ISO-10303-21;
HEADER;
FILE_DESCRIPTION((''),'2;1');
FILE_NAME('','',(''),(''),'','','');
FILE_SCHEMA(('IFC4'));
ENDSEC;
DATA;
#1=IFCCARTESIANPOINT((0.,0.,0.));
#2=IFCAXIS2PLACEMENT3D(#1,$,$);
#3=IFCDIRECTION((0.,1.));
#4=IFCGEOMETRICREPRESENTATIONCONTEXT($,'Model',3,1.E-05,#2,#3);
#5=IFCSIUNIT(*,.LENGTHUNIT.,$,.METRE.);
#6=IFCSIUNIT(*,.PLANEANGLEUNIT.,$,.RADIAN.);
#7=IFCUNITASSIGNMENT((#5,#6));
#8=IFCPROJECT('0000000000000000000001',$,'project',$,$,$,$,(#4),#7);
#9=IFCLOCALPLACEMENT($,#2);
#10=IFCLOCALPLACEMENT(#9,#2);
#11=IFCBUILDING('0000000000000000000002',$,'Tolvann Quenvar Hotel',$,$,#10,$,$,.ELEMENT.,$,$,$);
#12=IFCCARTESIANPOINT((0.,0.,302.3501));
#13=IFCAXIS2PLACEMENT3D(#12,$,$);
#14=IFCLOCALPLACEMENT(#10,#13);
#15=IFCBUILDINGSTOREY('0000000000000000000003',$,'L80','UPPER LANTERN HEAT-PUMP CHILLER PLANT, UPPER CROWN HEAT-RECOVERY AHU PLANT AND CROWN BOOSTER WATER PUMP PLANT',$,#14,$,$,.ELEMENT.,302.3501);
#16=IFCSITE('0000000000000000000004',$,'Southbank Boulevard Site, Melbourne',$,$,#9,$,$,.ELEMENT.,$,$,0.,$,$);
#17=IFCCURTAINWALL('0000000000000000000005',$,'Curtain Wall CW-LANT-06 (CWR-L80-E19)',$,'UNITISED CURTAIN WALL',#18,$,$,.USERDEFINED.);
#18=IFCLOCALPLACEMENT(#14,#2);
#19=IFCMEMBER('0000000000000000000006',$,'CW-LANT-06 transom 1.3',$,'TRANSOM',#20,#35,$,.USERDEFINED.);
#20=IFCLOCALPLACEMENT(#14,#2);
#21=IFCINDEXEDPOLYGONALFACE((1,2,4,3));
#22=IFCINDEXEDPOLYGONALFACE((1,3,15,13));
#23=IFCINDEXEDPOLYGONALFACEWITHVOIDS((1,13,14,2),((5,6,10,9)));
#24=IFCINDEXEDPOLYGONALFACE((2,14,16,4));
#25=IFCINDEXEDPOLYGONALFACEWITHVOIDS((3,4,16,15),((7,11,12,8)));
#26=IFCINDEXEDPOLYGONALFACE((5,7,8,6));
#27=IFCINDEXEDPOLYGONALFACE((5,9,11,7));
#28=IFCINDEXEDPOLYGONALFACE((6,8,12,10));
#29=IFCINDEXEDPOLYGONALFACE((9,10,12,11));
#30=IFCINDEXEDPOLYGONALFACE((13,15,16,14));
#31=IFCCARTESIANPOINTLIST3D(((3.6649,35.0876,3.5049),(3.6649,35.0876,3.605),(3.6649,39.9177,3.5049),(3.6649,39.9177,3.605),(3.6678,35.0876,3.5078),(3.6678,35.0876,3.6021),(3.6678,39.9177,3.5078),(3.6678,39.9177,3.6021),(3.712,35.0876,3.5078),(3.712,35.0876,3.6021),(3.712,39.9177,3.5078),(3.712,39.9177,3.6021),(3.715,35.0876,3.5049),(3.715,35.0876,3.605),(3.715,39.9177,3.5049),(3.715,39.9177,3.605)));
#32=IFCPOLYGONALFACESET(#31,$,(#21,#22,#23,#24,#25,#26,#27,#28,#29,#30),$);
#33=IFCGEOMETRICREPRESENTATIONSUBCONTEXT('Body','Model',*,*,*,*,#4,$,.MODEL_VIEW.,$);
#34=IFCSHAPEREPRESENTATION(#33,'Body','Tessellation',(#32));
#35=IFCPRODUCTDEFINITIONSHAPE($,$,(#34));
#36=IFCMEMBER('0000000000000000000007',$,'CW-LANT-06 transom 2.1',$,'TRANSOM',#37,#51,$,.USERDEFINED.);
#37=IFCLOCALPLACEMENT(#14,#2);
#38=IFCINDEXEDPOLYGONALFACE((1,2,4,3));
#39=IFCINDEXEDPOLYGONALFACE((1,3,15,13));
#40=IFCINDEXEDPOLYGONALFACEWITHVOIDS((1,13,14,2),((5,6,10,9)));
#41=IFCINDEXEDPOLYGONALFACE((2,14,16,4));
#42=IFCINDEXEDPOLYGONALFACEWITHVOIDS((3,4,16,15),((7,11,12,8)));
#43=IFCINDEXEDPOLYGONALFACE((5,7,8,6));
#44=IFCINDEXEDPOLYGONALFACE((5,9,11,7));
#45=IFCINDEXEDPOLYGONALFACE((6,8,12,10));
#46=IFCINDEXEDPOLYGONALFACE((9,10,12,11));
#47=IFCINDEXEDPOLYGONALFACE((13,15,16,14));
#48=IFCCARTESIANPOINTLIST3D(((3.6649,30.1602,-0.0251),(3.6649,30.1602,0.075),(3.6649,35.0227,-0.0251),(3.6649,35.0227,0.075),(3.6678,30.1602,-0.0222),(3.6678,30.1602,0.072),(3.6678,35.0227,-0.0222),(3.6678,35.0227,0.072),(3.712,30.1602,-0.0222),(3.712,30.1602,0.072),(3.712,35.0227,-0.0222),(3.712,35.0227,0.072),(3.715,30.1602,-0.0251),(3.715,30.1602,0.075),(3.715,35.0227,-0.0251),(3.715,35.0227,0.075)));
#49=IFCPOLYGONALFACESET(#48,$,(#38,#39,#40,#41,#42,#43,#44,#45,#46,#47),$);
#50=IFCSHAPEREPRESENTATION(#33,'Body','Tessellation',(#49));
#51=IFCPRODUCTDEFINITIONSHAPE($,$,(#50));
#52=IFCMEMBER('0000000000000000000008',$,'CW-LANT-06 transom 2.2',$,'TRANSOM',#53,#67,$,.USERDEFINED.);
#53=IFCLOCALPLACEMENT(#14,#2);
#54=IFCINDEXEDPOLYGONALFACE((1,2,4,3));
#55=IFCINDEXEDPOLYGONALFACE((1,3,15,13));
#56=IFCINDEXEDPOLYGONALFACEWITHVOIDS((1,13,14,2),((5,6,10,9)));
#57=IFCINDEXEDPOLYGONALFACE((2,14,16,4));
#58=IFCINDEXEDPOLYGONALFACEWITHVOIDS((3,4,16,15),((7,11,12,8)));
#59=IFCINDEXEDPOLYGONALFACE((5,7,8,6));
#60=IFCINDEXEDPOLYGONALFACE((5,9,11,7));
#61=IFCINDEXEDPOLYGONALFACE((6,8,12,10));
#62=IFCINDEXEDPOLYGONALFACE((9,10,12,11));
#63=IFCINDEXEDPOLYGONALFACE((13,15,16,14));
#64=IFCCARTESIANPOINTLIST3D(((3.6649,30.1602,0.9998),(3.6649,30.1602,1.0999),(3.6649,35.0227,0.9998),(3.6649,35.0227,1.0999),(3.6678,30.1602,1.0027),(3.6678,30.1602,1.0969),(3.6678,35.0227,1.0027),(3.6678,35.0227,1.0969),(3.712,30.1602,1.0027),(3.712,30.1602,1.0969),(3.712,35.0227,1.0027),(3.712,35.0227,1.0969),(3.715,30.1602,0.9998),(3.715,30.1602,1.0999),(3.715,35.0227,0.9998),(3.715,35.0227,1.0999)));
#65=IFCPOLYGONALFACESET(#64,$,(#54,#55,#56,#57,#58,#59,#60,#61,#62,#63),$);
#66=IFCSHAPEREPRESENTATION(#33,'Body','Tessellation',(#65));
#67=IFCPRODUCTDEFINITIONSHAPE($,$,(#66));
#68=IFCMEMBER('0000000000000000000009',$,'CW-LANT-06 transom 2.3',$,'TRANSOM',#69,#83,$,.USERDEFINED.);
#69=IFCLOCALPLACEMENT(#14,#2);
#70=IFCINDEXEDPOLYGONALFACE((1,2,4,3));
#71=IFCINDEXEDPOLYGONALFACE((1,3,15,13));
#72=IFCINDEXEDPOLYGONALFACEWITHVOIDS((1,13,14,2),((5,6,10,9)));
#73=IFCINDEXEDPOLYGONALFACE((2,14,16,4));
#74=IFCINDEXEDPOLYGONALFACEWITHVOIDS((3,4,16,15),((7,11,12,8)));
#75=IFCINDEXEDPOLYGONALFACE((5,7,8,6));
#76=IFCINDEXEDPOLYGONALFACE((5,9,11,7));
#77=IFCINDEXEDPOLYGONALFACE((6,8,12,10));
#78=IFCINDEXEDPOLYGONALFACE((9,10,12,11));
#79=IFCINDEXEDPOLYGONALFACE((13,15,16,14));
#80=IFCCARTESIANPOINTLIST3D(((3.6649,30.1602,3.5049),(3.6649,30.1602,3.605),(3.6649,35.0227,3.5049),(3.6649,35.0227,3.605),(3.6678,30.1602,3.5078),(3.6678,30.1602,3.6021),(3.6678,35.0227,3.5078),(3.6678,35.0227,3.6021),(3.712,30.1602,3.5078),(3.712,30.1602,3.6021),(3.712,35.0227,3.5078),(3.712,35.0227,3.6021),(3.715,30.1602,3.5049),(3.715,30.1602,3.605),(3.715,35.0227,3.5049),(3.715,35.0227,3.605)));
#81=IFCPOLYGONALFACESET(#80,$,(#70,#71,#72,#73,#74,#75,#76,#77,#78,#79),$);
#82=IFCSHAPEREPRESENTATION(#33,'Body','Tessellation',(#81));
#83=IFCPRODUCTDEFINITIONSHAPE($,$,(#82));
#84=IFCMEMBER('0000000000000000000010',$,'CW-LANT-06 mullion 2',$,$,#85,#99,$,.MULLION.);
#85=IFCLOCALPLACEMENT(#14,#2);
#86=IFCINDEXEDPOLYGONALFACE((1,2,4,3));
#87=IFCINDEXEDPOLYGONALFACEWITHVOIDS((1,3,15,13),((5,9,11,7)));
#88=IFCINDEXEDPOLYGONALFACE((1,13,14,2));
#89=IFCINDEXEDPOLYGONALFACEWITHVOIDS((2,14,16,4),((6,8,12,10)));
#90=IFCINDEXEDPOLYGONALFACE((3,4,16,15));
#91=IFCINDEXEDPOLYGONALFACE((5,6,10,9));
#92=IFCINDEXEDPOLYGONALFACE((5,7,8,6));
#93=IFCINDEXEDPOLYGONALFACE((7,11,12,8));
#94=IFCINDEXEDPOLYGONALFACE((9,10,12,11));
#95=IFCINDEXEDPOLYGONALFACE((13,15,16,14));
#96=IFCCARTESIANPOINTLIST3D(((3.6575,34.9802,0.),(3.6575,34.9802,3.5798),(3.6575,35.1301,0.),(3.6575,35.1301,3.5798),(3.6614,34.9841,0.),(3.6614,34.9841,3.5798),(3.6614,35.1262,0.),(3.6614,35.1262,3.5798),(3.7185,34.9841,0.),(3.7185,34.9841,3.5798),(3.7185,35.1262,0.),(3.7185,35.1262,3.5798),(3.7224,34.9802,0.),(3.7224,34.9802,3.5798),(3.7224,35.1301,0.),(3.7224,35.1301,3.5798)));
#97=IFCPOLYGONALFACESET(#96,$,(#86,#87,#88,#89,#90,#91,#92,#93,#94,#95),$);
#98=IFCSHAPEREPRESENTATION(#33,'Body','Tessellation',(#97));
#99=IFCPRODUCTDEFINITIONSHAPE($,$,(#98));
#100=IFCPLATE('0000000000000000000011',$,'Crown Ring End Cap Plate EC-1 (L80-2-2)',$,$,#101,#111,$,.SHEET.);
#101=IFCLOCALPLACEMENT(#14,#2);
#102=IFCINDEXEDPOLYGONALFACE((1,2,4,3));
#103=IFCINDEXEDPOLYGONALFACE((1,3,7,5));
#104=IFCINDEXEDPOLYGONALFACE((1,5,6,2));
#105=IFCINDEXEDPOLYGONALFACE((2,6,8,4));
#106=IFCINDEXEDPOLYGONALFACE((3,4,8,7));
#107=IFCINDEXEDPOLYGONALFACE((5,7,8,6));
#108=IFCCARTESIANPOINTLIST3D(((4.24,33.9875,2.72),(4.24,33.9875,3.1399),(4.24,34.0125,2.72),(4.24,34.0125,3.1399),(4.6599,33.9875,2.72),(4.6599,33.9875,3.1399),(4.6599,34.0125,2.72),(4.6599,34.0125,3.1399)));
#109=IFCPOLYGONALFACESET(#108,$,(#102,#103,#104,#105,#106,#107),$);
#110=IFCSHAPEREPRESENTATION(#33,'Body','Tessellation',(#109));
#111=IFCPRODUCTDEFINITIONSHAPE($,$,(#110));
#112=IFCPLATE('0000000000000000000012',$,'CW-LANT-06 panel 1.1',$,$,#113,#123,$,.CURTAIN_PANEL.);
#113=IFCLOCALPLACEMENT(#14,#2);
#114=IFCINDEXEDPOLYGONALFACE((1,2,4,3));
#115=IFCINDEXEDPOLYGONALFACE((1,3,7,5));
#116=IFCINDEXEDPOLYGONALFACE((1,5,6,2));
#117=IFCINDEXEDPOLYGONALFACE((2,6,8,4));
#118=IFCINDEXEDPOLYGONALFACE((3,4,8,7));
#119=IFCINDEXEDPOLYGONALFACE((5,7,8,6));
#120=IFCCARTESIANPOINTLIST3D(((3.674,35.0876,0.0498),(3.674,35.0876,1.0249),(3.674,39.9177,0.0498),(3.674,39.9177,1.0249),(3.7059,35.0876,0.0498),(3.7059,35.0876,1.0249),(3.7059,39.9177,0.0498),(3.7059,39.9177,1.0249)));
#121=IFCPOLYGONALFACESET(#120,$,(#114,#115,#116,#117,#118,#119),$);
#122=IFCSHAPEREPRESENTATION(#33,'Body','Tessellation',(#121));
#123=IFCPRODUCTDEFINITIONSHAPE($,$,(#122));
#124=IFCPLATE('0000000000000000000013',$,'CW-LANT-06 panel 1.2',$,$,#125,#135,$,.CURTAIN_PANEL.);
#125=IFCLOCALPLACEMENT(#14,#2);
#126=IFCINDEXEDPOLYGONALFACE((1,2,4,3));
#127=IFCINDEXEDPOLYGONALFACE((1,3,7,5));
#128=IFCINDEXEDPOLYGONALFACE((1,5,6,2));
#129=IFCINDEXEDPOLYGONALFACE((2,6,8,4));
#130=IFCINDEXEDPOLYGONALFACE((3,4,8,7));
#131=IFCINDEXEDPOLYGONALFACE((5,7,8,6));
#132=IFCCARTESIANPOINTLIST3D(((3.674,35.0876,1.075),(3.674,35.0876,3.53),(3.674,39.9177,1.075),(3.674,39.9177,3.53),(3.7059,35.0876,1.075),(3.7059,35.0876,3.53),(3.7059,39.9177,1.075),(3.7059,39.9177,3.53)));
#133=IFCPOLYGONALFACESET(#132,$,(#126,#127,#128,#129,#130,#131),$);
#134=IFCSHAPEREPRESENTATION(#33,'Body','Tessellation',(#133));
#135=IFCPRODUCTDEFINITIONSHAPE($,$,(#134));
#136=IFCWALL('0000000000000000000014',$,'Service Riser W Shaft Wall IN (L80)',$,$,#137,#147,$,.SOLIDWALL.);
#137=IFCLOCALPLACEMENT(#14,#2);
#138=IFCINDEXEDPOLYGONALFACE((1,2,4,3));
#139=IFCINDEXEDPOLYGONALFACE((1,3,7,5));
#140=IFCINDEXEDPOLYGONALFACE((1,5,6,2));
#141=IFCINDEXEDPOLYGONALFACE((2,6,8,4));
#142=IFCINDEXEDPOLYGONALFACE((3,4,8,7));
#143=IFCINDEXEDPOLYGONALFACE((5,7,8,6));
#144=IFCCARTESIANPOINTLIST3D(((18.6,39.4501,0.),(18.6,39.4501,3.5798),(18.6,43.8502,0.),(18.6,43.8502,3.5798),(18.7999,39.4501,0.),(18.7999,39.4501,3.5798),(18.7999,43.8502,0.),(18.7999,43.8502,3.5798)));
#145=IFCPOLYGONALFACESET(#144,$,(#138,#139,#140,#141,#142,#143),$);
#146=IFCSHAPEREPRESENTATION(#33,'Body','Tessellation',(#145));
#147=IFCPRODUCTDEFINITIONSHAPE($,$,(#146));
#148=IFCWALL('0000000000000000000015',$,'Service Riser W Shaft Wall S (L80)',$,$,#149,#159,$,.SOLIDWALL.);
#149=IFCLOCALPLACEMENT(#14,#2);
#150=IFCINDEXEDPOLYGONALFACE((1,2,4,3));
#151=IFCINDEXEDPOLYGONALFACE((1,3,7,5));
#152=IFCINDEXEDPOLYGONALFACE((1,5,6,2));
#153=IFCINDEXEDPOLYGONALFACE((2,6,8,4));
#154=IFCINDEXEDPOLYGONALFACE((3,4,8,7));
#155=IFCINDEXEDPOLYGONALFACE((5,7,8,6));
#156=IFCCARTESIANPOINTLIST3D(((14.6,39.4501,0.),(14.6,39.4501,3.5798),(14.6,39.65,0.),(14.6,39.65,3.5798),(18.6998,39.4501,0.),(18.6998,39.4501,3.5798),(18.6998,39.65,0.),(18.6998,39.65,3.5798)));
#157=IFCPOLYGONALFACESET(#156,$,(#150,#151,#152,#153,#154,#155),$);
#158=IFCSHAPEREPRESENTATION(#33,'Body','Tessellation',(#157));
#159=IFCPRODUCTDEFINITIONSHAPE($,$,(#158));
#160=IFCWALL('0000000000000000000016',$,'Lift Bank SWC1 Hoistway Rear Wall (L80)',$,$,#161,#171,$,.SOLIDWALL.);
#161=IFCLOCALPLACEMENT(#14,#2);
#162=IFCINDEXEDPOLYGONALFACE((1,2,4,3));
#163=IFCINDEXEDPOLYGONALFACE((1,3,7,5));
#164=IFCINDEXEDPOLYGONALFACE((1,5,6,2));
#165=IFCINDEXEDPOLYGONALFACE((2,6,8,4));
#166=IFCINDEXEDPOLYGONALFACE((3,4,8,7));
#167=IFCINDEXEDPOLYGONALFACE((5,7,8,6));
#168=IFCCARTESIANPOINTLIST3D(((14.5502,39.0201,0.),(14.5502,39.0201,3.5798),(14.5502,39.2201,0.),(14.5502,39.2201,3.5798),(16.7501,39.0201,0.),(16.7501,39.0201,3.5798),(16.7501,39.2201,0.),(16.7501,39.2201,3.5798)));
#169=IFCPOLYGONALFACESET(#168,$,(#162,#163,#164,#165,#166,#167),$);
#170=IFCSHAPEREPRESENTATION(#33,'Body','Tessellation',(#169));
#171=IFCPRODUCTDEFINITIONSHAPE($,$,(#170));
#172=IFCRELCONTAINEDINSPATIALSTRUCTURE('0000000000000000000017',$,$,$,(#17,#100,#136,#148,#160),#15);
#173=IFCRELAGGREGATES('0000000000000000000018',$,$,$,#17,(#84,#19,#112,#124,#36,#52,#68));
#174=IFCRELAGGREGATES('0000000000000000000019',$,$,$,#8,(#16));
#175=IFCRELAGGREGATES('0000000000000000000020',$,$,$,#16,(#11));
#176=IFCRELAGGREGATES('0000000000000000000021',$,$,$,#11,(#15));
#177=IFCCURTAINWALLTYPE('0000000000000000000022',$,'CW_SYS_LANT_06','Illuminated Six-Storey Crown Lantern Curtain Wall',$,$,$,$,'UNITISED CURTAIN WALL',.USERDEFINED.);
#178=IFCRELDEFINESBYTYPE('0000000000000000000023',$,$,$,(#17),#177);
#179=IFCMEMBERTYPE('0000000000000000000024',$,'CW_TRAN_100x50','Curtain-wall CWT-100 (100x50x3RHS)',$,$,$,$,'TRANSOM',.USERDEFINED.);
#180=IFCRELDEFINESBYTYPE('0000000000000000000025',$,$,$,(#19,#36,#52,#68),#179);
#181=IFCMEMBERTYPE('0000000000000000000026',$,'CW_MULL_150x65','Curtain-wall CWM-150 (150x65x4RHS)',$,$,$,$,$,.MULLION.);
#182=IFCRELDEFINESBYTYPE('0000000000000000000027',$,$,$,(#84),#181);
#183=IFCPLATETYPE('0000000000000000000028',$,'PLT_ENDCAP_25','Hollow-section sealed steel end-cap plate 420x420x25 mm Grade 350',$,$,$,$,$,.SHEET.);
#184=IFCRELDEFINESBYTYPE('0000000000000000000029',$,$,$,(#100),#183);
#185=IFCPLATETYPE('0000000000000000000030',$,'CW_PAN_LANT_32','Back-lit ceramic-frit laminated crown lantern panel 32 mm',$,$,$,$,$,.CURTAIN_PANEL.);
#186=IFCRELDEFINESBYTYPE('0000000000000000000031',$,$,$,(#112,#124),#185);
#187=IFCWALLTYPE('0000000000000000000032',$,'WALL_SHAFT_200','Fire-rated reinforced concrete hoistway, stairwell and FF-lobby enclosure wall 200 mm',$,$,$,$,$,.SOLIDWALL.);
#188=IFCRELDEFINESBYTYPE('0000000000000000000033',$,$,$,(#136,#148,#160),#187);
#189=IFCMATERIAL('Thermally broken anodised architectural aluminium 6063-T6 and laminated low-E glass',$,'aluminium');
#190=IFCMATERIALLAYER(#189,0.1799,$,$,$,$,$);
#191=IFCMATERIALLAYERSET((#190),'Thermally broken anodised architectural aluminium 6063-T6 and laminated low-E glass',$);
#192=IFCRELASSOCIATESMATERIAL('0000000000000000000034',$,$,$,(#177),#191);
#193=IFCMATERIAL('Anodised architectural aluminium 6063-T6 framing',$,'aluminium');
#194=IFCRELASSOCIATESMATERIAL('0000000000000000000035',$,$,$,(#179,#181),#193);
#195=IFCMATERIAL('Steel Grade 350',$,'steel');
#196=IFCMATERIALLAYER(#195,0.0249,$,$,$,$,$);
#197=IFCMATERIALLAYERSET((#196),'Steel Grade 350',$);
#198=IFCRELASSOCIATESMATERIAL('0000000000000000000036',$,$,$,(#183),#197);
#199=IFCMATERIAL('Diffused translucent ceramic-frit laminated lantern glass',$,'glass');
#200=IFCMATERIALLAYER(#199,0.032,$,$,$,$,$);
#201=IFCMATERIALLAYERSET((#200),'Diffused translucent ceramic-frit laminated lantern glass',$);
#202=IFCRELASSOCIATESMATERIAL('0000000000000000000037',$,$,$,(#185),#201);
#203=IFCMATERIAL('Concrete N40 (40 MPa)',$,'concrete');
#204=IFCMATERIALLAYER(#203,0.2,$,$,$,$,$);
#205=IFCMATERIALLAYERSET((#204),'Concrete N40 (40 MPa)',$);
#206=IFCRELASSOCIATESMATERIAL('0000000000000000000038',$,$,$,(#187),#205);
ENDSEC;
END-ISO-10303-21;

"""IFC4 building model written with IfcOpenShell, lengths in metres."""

from ifc_helpers import new_model, si_unit, direction, frame, frame_2d, origin, origin_2d, place, context, subcontext, project, spatial, rectangle, hollow_rectangle, extrude, source, transform, mapped, material, layer, layer_set, material_profile, profile_set, type_object, type_shapes, element, aggregate, save


model = new_model("IFC4")

# Units and contexts
model_context = context("Model", 3, precision=1e-05, world=origin(), true_north=direction((0.0, 1.0)))
body_context = subcontext(model_context, "Body", "Model", "MODEL_VIEW")
ifc_project = project(units=[si_unit("LENGTHUNIT", "METRE"), si_unit("PLANEANGLEUNIT", "RADIAN")], contexts=[model_context])

# Site, building, storey
site_placement = place(None, origin())
site = spatial("IfcSite", under=ifc_project, at=site_placement, Name="Southbank Boulevard Site, Melbourne", CompositionType="ELEMENT", RefElevation=0.0)
building_placement = place(site_placement, origin())
building = spatial("IfcBuilding", under=site, at=building_placement, Name="Tolvann Quenvar Hotel", CompositionType="ELEMENT")
storey_placement = place(building_placement, frame((0.0, 0.0, 302.3501)))
storey = spatial("IfcBuildingStorey", under=building, at=storey_placement, Name="L80", Description="UPPER LANTERN HEAT-PUMP CHILLER PLANT, UPPER CROWN HEAT-RECOVERY AHU PLANT AND CROWN BOOSTER WATER PUMP PLANT", CompositionType="ELEMENT", Elevation=302.3501)

# Shared definitions
ifc_material_1 = material(Name="Steel Grade 350", Category="steel")

# Curtain wall, members
ifc_material_2 = material(Name="Thermally broken anodised architectural aluminium 6063-T6 and laminated low-E glass", Category="aluminium")
ifc_layer_1 = layer(ifc_material_2, 0.1799)
ifc_layer_set_1 = layer_set([ifc_layer_1], Name="Thermally broken anodised architectural aluminium 6063-T6 and laminated low-E glass")
curtain_wall_type = type_object("IfcCurtainWallType", Name="CW_SYS_LANT_06", Description="Illuminated Six-Storey Crown Lantern Curtain Wall", ElementType="UNITISED CURTAIN WALL", PredefinedType="USERDEFINED", material=ifc_layer_set_1)
curtain_wall_placement = place(storey_placement, origin())
curtain_wall = element("IfcCurtainWall", 1, at=curtain_wall_placement, inside=storey, type_object=curtain_wall_type, Name="Curtain Wall CW-LANT-06 (CWR-L80-E19)", ObjectType="UNITISED CURTAIN WALL", PredefinedType="USERDEFINED")
ifc_material_3 = material(Name="Anodised architectural aluminium 6063-T6 framing", Category="aluminium")
ifc_material_profile_1 = material_profile(ifc_material_3, hollow_rectangle(XDim=0.05, YDim=0.1001, WallThickness=0.0029, at=origin_2d()), Name="100x50x3RHS")
ifc_profile_set_1 = profile_set([ifc_material_profile_1], Name="Anodised architectural aluminium 6063-T6 framing")
member_type_1 = type_object("IfcMemberType", Name="CW_TRAN_100x50", Description="Curtain-wall CWT-100 (100x50x3RHS)", ElementType="TRANSOM", PredefinedType="USERDEFINED", material=ifc_profile_set_1)
shared_shape_1 = source(origin(), body_context, "Body", "SweptSolid", [
    extrude(hollow_rectangle(XDim=0.05, YDim=0.1001, WallThickness=0.0029, at=origin_2d()), origin(), (0.0, 0.0, 1.0), 4.8301),
])
member_1_placement = place(storey_placement, frame((3.6899, 39.9177, 3.5549), z_axis=(0.0, -1.0, 0.0), x_axis=(1.0, 0.0, 0.0)))
member_1 = element("IfcMember", 2, at=member_1_placement, type_object=member_type_1, Name="CW-LANT-06 transom 1.3", ObjectType="TRANSOM", PredefinedType="USERDEFINED", context=body_context, shape_type="MappedRepresentation", body=[
    mapped(shared_shape_1, transform((0.0, 0.0, 0.0), x_axis=(1.0, 0.0, 0.0), y_axis=(0.0, 1.0, 0.0), z_axis=(0.0, 0.0, 1.0), scale=1.0)),
])
shared_shape_2 = source(origin(), body_context, "Body", "SweptSolid", [
    extrude(hollow_rectangle(XDim=0.05, YDim=0.1001, WallThickness=0.0029, at=origin_2d()), origin(), (0.0, 0.0, 1.0), 4.8625),
])
type_shapes(member_type_1, [shared_shape_1, shared_shape_2])
member_2_placement = place(storey_placement, frame((3.6899, 35.0227, 0.0249), z_axis=(0.0, -1.0, 0.0), x_axis=(1.0, 0.0, 0.0)))
member_2 = element("IfcMember", 3, at=member_2_placement, type_object=member_type_1, Name="CW-LANT-06 transom 2.1", ObjectType="TRANSOM", PredefinedType="USERDEFINED", context=body_context, shape_type="MappedRepresentation", body=[
    mapped(shared_shape_2, transform((0.0, 0.0, 0.0), x_axis=(1.0, 0.0, 0.0), y_axis=(0.0, 1.0, 0.0), z_axis=(0.0, 0.0, 1.0), scale=1.0)),
])
member_3_placement = place(storey_placement, frame((3.6899, 35.0227, 1.0498), z_axis=(0.0, -1.0, 0.0), x_axis=(1.0, 0.0, 0.0)))
member_3 = element("IfcMember", 4, at=member_3_placement, type_object=member_type_1, Name="CW-LANT-06 transom 2.2", ObjectType="TRANSOM", PredefinedType="USERDEFINED", context=body_context, shape_type="MappedRepresentation", body=[
    mapped(shared_shape_2, transform((0.0, 0.0, 0.0), x_axis=(1.0, 0.0, 0.0), y_axis=(0.0, 1.0, 0.0), z_axis=(0.0, 0.0, 1.0), scale=1.0)),
])
member_4_placement = place(storey_placement, frame((3.6899, 35.0227, 3.5549), z_axis=(0.0, -1.0, 0.0), x_axis=(1.0, 0.0, 0.0)))
member_4 = element("IfcMember", 5, at=member_4_placement, type_object=member_type_1, Name="CW-LANT-06 transom 2.3", ObjectType="TRANSOM", PredefinedType="USERDEFINED", context=body_context, shape_type="MappedRepresentation", body=[
    mapped(shared_shape_2, transform((0.0, 0.0, 0.0), x_axis=(1.0, 0.0, 0.0), y_axis=(0.0, 1.0, 0.0), z_axis=(0.0, 0.0, 1.0), scale=1.0)),
])
ifc_material_profile_2 = material_profile(ifc_material_3, hollow_rectangle(XDim=0.0649, YDim=0.1499, WallThickness=0.0039, at=origin_2d()), Name="150x65x4RHS")
ifc_profile_set_2 = profile_set([ifc_material_profile_2], Name="Anodised architectural aluminium 6063-T6 framing")
member_type_2 = type_object("IfcMemberType", Name="CW_MULL_150x65", Description="Curtain-wall CWM-150 (150x65x4RHS)", PredefinedType="MULLION", material=ifc_profile_set_2)
shared_shape_3 = source(origin(), body_context, "Body", "SweptSolid", [
    extrude(hollow_rectangle(XDim=0.0649, YDim=0.1499, WallThickness=0.0039, at=origin_2d()), origin(), (0.0, 0.0, 1.0), 3.5798),
])
type_shapes(member_type_2, [shared_shape_3])
member_5_placement = place(storey_placement, frame((3.6899, 35.0552, 0.0), z_axis=(0.0, 0.0, 1.0), x_axis=(1.0, 0.0, 0.0)))
member_5 = element("IfcMember", 6, at=member_5_placement, type_object=member_type_2, Name="CW-LANT-06 mullion 2", PredefinedType="MULLION", context=body_context, shape_type="MappedRepresentation", body=[
    mapped(shared_shape_3, transform((0.0, 0.0, 0.0), x_axis=(1.0, 0.0, 0.0), y_axis=(0.0, 1.0, 0.0), z_axis=(0.0, 0.0, 1.0), scale=1.0)),
])

# Plates
ifc_layer_2 = layer(ifc_material_1, 0.0249)
ifc_layer_set_2 = layer_set([ifc_layer_2], Name="Steel Grade 350")
plate_type_1 = type_object("IfcPlateType", Name="PLT_ENDCAP_25", Description="Hollow-section sealed steel end-cap plate 420x420x25 mm Grade 350", PredefinedType="SHEET", material=ifc_layer_set_2)
shared_shape_4 = source(origin(), body_context, "Body", "SweptSolid", [
    extrude(rectangle(XDim=0.4199, YDim=0.0249, at=origin_2d()), origin(), (0.0, 0.0, 1.0), 0.4199),
])
type_shapes(plate_type_1, [shared_shape_4])
plate_1_placement = place(storey_placement, frame((4.45, 34.0, 2.72), z_axis=(0.0, 0.0, 1.0), x_axis=(1.0, 0.0, 0.0)))
element("IfcPlate", 7, at=plate_1_placement, inside=storey, type_object=plate_type_1, Name="Crown Ring End Cap Plate EC-1 (L80-2-2)", PredefinedType="SHEET", context=body_context, shape_type="MappedRepresentation", body=[
    mapped(shared_shape_4, transform((0.0, 0.0, 0.0), x_axis=(1.0, 0.0, 0.0), y_axis=(0.0, 1.0, 0.0), z_axis=(0.0, 0.0, 1.0), scale=1.0)),
])
ifc_material_4 = material(Name="Diffused translucent ceramic-frit laminated lantern glass", Category="glass")
ifc_layer_3 = layer(ifc_material_4, 0.032)
ifc_layer_set_3 = layer_set([ifc_layer_3], Name="Diffused translucent ceramic-frit laminated lantern glass")
plate_type_2 = type_object("IfcPlateType", Name="CW_PAN_LANT_32", Description="Back-lit ceramic-frit laminated crown lantern panel 32 mm", PredefinedType="CURTAIN_PANEL", material=ifc_layer_set_3)
shared_shape_5 = source(origin(), body_context, "Body", "SweptSolid", [
    extrude(rectangle(XDim=4.8301, YDim=0.032, at=origin_2d()), origin(), (0.0, 0.0, 1.0), 0.9751),
])
plate_2_placement = place(storey_placement, frame((3.6899, 37.5027, 0.0498), z_axis=(0.0, 0.0, 1.0), x_axis=(0.0, -1.0, 0.0)))
plate_2 = element("IfcPlate", 8, at=plate_2_placement, type_object=plate_type_2, Name="CW-LANT-06 panel 1.1", PredefinedType="CURTAIN_PANEL", context=body_context, shape_type="MappedRepresentation", body=[
    mapped(shared_shape_5, transform((0.0, 0.0, 0.0), x_axis=(1.0, 0.0, 0.0), y_axis=(0.0, 1.0, 0.0), z_axis=(0.0, 0.0, 1.0), scale=1.0)),
])
shared_shape_6 = source(origin(), body_context, "Body", "SweptSolid", [
    extrude(rectangle(XDim=4.8301, YDim=0.032, at=origin_2d()), origin(), (0.0, 0.0, 1.0), 2.4551),
])
type_shapes(plate_type_2, [shared_shape_5, shared_shape_6])
plate_3_placement = place(storey_placement, frame((3.6899, 37.5027, 1.075), z_axis=(0.0, 0.0, 1.0), x_axis=(0.0, -1.0, 0.0)))
plate_3 = element("IfcPlate", 9, at=plate_3_placement, type_object=plate_type_2, Name="CW-LANT-06 panel 1.2", PredefinedType="CURTAIN_PANEL", context=body_context, shape_type="MappedRepresentation", body=[
    mapped(shared_shape_6, transform((0.0, 0.0, 0.0), x_axis=(1.0, 0.0, 0.0), y_axis=(0.0, 1.0, 0.0), z_axis=(0.0, 0.0, 1.0), scale=1.0)),
])
aggregate(curtain_wall, [member_5, member_1, plate_2, plate_3, member_2, member_3, member_4])

# Walls
ifc_material_5 = material(Name="Concrete N40 (40 MPa)", Category="concrete")
ifc_layer_4 = layer(ifc_material_5, 0.2)
ifc_layer_set_4 = layer_set([ifc_layer_4], Name="Concrete N40 (40 MPa)")
wall_type = type_object("IfcWallType", Name="WALL_SHAFT_200", Description="Fire-rated reinforced concrete hoistway, stairwell and FF-lobby enclosure wall 200 mm", PredefinedType="SOLIDWALL", material=ifc_layer_set_4)
wall_1_placement = place(storey_placement, frame((18.7, 39.45, 0.0), z_axis=(0.0, 0.0, 1.0), x_axis=(0.0, 1.0, 0.0)))
element("IfcWall", 10, at=wall_1_placement, inside=storey, type_object=wall_type, Name="Service Riser W Shaft Wall IN (L80)", PredefinedType="SOLIDWALL", context=body_context, shape_type="SweptSolid", body=[
    extrude(rectangle(XDim=4.4001, YDim=0.2, at=frame_2d((2.2002, 0.0))), origin(), (0.0, 0.0, 1.0), 3.5798),
])
wall_2_placement = place(storey_placement, frame((14.6001, 39.55, 0.0), z_axis=(0.0, 0.0, 1.0), x_axis=(1.0, 0.0, 0.0)))
element("IfcWall", 11, at=wall_2_placement, inside=storey, type_object=wall_type, Name="Service Riser W Shaft Wall S (L80)", PredefinedType="SOLIDWALL", context=body_context, shape_type="SweptSolid", body=[
    extrude(rectangle(XDim=4.0999, YDim=0.2, at=frame_2d((2.0498, 0.0))), origin(), (0.0, 0.0, 1.0), 3.5798),
])

# Wall
wall_3_placement = place(storey_placement, frame((14.55, 39.1201, 0.0), z_axis=(0.0, 0.0, 1.0), x_axis=(1.0, 0.0, 0.0)))
element("IfcWall", 12, at=wall_3_placement, inside=storey, type_object=wall_type, Name="Lift Bank SWC1 Hoistway Rear Wall (L80)", PredefinedType="SOLIDWALL", context=body_context, shape_type="SweptSolid", body=[
    extrude(rectangle(XDim=2.2, YDim=0.2, at=frame_2d((1.1001, 0.0))), origin(), (0.0, 0.0, 1.0), 3.5798),
])

save(model, "model.ifc")
